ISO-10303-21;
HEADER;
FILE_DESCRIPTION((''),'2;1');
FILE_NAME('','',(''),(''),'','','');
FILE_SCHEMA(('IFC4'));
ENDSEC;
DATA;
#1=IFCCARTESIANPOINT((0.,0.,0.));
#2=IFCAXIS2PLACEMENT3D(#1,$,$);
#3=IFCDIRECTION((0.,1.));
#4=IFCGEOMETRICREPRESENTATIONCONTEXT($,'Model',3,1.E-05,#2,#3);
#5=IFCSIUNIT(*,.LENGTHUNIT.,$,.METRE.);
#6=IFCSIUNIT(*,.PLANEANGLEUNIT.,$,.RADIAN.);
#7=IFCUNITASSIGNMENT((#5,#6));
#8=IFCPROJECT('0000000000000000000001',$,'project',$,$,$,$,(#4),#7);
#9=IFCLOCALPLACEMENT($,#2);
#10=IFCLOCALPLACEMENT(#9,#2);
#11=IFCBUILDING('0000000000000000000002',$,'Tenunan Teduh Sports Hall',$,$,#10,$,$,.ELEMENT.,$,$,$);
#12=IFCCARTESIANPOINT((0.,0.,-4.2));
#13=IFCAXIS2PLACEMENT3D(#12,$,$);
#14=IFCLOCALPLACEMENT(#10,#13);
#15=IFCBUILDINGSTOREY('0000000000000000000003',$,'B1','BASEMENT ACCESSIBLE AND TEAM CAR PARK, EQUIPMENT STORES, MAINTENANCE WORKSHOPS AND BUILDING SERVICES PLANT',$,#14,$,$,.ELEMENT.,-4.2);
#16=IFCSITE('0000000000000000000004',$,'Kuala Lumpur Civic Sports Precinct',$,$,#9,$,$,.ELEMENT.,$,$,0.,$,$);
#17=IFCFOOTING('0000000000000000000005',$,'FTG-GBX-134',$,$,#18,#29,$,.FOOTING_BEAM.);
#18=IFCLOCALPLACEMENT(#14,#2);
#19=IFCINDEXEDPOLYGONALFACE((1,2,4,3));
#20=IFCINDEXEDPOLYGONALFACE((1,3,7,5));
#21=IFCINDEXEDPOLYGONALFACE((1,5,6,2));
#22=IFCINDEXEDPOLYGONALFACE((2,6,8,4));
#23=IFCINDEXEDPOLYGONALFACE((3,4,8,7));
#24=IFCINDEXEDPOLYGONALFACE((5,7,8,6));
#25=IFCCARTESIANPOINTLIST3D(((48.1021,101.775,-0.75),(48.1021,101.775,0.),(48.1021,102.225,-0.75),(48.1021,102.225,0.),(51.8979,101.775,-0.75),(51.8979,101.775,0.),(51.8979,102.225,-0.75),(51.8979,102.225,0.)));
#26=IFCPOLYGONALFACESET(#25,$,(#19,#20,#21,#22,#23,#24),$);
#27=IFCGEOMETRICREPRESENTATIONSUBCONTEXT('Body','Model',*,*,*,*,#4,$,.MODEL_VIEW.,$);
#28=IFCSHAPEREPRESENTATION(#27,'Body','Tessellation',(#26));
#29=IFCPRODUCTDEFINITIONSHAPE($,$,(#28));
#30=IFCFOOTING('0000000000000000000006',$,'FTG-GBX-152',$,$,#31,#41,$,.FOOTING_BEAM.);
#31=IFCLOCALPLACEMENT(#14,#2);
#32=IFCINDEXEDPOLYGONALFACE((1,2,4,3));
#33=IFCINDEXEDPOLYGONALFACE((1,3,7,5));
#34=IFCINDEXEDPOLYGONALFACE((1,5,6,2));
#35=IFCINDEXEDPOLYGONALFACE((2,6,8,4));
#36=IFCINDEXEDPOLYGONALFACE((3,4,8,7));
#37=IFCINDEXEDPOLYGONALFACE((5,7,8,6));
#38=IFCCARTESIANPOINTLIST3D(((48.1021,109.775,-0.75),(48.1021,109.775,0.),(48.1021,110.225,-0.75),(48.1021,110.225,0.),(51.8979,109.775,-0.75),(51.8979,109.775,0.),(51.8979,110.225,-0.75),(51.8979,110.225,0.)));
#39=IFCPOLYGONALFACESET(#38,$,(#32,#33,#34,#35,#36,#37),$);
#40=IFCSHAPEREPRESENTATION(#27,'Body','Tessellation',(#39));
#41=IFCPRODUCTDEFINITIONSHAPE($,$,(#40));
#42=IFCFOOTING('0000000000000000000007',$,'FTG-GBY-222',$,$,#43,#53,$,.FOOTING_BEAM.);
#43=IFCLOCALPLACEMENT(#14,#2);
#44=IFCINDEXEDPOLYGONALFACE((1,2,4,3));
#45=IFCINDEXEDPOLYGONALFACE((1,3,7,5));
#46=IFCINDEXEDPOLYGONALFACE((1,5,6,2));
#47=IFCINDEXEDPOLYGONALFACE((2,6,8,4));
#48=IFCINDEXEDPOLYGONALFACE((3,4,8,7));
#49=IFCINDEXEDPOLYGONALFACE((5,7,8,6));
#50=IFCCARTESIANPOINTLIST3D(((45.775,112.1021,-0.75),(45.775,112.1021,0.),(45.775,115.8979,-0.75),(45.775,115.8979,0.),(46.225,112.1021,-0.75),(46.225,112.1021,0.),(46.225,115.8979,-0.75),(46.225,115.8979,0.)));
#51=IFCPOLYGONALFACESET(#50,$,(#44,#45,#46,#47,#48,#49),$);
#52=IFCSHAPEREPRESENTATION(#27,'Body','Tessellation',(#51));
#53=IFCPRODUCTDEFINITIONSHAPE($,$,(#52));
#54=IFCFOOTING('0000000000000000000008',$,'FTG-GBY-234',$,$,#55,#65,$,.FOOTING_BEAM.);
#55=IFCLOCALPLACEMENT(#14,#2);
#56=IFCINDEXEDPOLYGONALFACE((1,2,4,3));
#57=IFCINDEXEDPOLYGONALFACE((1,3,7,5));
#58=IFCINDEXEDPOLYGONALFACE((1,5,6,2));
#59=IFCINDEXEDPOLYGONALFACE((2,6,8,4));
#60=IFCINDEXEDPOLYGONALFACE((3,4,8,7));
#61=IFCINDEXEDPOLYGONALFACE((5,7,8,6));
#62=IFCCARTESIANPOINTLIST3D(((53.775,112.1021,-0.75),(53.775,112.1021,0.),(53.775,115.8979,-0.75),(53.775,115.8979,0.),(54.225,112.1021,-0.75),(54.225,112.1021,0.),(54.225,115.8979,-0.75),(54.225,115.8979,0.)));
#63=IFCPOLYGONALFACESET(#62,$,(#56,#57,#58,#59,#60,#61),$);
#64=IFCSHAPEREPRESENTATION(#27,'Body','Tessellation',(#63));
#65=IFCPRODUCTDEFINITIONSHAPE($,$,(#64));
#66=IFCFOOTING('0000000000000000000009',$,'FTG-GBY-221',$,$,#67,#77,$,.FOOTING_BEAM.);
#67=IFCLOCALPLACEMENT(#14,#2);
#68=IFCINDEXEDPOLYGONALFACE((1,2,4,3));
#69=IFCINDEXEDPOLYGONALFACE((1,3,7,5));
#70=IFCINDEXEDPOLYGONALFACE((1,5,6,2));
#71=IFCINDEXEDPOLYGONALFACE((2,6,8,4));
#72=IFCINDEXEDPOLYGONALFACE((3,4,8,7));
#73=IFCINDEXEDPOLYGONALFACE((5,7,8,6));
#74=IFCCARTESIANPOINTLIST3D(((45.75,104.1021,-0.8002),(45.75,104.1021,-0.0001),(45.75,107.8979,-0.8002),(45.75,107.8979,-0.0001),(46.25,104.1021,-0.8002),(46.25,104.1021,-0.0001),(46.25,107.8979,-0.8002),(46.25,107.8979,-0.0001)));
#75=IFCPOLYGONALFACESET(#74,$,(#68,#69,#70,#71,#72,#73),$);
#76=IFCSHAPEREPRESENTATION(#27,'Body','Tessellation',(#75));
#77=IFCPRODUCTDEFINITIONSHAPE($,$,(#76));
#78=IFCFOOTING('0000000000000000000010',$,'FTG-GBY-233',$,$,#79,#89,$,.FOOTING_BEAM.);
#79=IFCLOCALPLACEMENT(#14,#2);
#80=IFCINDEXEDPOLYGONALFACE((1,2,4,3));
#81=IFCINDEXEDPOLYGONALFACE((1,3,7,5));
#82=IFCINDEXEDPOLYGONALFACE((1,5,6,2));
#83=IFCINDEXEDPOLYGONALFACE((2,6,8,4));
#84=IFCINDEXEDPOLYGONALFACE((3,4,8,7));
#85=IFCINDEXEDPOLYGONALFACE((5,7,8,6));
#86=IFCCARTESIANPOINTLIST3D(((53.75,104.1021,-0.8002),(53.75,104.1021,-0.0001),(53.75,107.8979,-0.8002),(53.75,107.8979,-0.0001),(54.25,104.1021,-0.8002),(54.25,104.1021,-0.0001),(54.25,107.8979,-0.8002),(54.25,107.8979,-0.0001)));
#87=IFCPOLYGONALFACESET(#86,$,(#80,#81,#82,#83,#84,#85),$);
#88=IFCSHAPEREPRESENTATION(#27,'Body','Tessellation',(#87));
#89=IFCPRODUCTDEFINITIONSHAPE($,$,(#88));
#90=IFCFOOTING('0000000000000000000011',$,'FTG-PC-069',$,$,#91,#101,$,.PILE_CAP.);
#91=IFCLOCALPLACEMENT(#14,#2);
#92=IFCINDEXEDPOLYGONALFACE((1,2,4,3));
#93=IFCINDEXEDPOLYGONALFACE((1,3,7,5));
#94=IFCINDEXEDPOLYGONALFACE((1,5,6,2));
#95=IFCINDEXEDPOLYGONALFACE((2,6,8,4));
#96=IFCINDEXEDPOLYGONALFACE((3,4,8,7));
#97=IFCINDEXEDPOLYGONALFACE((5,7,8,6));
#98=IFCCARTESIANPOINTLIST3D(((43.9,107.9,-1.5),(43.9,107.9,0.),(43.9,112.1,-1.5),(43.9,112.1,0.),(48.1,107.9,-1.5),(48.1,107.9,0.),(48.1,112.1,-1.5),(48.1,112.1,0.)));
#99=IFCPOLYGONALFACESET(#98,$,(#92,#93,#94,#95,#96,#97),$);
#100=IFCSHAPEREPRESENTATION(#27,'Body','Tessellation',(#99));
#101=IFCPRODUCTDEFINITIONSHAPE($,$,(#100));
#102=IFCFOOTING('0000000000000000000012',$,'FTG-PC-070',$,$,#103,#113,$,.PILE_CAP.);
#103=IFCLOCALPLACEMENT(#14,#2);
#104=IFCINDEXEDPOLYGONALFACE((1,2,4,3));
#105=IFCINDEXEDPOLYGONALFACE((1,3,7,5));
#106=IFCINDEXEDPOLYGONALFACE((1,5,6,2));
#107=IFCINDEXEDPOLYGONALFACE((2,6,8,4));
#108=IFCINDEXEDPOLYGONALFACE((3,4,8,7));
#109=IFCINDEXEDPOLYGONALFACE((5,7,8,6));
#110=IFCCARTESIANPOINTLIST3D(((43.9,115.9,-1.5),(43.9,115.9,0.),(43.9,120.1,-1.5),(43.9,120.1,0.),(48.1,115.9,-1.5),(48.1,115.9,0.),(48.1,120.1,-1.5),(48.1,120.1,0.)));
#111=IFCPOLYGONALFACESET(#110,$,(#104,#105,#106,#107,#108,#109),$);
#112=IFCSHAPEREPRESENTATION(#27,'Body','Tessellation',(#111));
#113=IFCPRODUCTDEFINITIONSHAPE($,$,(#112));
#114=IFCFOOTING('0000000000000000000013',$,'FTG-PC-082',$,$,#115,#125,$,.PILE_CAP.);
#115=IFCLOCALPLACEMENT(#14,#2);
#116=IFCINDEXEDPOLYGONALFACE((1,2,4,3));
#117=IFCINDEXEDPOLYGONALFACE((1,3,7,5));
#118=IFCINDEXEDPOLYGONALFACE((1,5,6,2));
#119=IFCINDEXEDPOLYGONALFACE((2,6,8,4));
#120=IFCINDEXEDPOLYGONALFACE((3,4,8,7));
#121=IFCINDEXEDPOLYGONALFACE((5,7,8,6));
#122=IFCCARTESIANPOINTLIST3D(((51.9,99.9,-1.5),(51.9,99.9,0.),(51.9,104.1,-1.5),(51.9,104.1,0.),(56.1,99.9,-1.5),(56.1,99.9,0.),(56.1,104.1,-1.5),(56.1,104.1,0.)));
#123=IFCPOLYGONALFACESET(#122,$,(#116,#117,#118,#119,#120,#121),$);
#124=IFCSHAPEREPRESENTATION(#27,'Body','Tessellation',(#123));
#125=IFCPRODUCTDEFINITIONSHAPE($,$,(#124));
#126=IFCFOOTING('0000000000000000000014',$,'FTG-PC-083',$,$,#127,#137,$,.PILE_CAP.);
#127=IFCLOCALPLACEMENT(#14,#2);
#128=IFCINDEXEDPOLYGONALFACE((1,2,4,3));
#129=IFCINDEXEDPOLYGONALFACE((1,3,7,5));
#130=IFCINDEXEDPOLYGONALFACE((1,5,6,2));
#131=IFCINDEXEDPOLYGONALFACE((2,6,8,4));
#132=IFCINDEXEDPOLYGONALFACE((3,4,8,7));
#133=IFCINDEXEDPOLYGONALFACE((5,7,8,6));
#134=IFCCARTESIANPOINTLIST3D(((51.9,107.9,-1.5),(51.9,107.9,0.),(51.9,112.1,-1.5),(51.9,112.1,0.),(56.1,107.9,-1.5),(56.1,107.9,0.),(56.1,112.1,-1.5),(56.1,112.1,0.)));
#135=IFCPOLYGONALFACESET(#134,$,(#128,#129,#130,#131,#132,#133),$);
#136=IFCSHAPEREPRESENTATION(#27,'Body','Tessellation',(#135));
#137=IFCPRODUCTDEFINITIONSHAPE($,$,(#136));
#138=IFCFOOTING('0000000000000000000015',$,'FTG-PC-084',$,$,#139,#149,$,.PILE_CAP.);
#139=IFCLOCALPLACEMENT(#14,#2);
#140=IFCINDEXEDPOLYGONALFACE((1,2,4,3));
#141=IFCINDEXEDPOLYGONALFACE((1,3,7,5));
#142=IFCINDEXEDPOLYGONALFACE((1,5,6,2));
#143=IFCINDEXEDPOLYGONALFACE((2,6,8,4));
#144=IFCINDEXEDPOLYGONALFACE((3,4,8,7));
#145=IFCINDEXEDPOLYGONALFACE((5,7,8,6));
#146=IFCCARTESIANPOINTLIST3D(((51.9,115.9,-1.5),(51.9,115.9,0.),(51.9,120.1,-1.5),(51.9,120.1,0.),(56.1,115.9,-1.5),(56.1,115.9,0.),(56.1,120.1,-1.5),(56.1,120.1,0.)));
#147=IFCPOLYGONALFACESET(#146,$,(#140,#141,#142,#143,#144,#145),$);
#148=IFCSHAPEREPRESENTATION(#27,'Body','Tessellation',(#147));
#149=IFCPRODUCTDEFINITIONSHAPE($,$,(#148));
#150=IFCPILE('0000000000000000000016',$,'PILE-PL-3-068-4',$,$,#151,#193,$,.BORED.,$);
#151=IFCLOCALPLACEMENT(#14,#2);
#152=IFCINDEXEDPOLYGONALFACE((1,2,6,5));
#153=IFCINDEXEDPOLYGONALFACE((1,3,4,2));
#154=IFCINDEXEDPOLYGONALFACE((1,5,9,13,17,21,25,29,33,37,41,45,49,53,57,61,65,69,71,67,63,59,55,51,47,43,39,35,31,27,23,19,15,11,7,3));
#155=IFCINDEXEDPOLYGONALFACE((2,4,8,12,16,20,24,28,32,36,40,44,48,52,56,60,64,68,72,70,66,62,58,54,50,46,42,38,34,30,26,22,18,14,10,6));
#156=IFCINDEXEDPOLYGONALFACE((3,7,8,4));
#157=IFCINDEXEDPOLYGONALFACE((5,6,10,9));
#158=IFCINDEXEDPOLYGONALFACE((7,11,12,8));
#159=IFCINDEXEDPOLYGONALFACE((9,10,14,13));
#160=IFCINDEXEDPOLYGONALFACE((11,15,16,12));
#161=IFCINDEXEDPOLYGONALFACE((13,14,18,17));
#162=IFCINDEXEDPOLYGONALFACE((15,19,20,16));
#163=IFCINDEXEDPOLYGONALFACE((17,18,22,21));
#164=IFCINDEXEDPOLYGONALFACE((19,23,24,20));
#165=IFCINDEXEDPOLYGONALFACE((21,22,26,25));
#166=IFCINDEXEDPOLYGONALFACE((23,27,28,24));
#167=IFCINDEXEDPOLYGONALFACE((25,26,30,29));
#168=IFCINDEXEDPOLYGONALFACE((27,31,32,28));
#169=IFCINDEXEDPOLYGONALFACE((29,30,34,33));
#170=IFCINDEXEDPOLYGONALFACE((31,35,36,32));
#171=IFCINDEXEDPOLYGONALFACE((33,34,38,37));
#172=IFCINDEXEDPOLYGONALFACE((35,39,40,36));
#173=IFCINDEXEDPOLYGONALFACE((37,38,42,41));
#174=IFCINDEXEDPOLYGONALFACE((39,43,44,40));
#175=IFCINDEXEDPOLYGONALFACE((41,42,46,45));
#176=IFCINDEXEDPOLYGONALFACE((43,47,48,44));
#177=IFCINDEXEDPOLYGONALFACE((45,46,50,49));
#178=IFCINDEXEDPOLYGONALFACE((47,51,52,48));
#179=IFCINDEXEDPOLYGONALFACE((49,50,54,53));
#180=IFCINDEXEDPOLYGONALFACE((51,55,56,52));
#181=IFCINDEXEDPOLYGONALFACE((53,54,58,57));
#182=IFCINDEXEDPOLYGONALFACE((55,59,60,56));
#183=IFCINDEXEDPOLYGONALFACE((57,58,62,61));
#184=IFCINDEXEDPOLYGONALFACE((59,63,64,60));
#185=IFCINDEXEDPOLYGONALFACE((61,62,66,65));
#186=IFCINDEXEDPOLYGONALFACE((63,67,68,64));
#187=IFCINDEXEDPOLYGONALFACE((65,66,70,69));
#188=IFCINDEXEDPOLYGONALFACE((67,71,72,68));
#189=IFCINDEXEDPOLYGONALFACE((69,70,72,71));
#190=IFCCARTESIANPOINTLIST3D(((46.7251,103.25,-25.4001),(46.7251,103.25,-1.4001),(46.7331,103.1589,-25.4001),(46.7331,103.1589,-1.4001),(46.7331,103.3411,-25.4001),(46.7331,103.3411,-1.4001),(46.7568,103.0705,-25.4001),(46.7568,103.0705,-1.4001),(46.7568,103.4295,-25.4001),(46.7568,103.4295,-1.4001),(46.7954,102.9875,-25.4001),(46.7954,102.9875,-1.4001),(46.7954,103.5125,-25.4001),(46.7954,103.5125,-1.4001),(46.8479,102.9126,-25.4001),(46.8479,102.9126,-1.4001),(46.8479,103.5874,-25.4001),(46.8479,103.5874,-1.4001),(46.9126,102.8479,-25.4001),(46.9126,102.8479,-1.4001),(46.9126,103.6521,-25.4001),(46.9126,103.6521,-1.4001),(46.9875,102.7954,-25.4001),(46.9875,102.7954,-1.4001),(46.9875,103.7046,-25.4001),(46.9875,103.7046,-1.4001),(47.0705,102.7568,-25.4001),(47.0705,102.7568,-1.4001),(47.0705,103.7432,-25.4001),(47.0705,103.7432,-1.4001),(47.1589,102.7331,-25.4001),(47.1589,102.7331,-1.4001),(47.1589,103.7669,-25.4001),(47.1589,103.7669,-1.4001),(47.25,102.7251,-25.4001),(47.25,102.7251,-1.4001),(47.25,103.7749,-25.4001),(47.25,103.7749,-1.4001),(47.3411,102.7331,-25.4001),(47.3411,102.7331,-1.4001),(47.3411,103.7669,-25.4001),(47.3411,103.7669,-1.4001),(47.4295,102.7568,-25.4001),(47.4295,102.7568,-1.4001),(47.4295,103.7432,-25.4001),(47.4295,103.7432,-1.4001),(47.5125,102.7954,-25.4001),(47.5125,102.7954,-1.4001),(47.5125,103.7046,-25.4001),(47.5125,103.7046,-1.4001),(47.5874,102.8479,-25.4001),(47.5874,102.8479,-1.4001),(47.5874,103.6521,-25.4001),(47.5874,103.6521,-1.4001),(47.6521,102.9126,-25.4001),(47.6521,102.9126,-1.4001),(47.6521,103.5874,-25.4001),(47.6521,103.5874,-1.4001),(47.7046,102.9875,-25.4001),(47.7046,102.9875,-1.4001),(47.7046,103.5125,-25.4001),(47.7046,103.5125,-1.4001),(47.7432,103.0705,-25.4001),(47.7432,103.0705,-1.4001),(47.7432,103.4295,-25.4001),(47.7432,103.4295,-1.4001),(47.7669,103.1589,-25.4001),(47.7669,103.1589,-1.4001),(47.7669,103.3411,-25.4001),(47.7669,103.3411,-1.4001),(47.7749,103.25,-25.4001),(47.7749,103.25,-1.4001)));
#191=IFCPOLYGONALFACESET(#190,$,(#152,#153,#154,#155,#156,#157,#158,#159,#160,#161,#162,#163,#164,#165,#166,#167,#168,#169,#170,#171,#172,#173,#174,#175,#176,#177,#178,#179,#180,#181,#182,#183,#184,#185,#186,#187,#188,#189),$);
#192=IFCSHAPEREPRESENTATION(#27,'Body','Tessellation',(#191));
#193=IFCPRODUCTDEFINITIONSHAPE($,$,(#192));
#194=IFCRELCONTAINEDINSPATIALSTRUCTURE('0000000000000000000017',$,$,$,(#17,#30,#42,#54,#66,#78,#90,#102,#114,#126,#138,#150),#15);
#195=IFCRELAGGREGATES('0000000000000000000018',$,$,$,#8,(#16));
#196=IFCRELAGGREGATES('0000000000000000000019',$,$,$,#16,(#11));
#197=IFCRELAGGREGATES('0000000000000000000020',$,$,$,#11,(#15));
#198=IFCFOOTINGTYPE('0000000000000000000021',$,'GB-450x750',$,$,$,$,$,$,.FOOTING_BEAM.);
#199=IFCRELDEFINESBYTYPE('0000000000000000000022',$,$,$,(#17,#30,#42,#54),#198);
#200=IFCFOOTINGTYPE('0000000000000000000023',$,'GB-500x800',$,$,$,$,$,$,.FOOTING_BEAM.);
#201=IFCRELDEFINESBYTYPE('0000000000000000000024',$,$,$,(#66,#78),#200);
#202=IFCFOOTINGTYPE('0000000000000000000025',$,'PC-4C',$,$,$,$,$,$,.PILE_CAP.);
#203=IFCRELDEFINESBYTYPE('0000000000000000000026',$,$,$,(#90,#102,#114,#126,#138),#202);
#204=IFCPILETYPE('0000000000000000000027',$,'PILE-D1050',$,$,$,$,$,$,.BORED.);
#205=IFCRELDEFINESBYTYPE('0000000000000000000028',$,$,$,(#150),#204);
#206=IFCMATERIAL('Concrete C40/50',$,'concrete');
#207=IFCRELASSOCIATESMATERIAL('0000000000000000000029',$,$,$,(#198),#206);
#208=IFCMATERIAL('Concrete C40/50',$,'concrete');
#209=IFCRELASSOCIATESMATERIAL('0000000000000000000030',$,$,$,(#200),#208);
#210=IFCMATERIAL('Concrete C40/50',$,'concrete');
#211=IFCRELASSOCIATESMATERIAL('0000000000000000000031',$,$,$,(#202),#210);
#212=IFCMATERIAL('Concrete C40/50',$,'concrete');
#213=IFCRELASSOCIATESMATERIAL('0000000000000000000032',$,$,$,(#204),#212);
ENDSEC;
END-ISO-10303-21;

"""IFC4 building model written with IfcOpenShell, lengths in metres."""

from ifc_helpers import new_model, si_unit, direction, frame, origin, origin_2d, place, context, subcontext, project, spatial, rectangle, circle, extrude, material, material_profile, profile_set, type_object, element, save


model = new_model("IFC4")

# Units and contexts
model_context = context("Model", 3, precision=1e-05, world=origin(), true_north=direction((0.0, 1.0)))
body_context = subcontext(model_context, "Body", "Model", "MODEL_VIEW")
ifc_project = project(units=[si_unit("LENGTHUNIT", "METRE"), si_unit("PLANEANGLEUNIT", "RADIAN")], contexts=[model_context])

# Site, building, storey
site_placement = place(None, origin())
site = spatial("IfcSite", under=ifc_project, at=site_placement, Name="Kuala Lumpur Civic Sports Precinct", CompositionType="ELEMENT", RefElevation=0.0)
building_placement = place(site_placement, origin())
building = spatial("IfcBuilding", under=site, at=building_placement, Name="Tenunan Teduh Sports Hall", CompositionType="ELEMENT")
storey_placement = place(building_placement, frame((0.0, 0.0, -4.2)))
storey = spatial("IfcBuildingStorey", under=building, at=storey_placement, Name="B1", Description="BASEMENT ACCESSIBLE AND TEAM CAR PARK, EQUIPMENT STORES, MAINTENANCE WORKSHOPS AND BUILDING SERVICES PLANT", CompositionType="ELEMENT", Elevation=-4.2)

# Footings
ifc_material_1 = material(Name="Concrete C40/50", Category="concrete")
ifc_material_profile_1 = material_profile(ifc_material_1, rectangle(XDim=0.45, YDim=0.75, at=origin_2d()), Name="RCB 450x750")
ifc_profile_set_1 = profile_set([ifc_material_profile_1], Name="Concrete C40/50")
footing_type_1 = type_object("IfcFootingType", Name="GB-450x750", PredefinedType="FOOTING_BEAM", material=ifc_profile_set_1)
for number, where, z_axis, x_axis, name in (
    (1, (48.1021, 102.0, -0.375), (1.0, 0.0, 0.0), (0.0, 1.0, 0.0), "FTG-GBX-134"),
    (2, (48.1021, 110.0, -0.375), (1.0, 0.0, 0.0), (0.0, 1.0, 0.0), "FTG-GBX-152"),
    (3, (46.0, 112.1021, -0.375), (0.0, 1.0, 0.0), (-1.0, 0.0, 0.0), "FTG-GBY-222"),
    (4, (54.0, 112.1021, -0.375), (0.0, 1.0, 0.0), (-1.0, 0.0, 0.0), "FTG-GBY-234"),
):
    element("IfcFooting", number, at=place(storey_placement, frame(where, z_axis=z_axis, x_axis=x_axis)), inside=storey, type_object=footing_type_1, Name=name, PredefinedType="FOOTING_BEAM", context=body_context, shape_type="SweptSolid", body=[
        extrude(rectangle(XDim=0.45, YDim=0.75, at=origin_2d()), origin(), (0.0, 0.0, 1.0), 3.7959),
    ])
ifc_material_2 = material(Name="Concrete C40/50", Category="concrete")
ifc_material_profile_2 = material_profile(ifc_material_2, rectangle(XDim=0.5, YDim=0.8, at=origin_2d()), Name="RCB 500x800")
ifc_profile_set_2 = profile_set([ifc_material_profile_2], Name="Concrete C40/50")
footing_type_2 = type_object("IfcFootingType", Name="GB-500x800", PredefinedType="FOOTING_BEAM", material=ifc_profile_set_2)
for number, where, z_axis, x_axis, name in (
    (5, (46.0, 104.1021, -0.4001), (0.0, 1.0, 0.0), (-1.0, 0.0, 0.0), "FTG-GBY-221"),
    (6, (54.0, 104.1021, -0.4001), (0.0, 1.0, 0.0), (-1.0, 0.0, 0.0), "FTG-GBY-233"),
):
    element("IfcFooting", number, at=place(storey_placement, frame(where, z_axis=z_axis, x_axis=x_axis)), inside=storey, type_object=footing_type_2, Name=name, PredefinedType="FOOTING_BEAM", context=body_context, shape_type="SweptSolid", body=[
        extrude(rectangle(XDim=0.5, YDim=0.8, at=origin_2d()), origin(), (0.0, 0.0, 1.0), 3.7959),
    ])
ifc_material_3 = material(Name="Concrete C40/50", Category="concrete")
footing_type_3 = type_object("IfcFootingType", Name="PC-4C", PredefinedType="PILE_CAP", material=ifc_material_3)
for number, where, z_axis, x_axis, name in (
    (7, (46.0, 110.0, -1.5), (0.0, 0.0, 1.0), (1.0, 0.0, 0.0), "FTG-PC-069"),
    (8, (46.0, 118.0, -1.5), (0.0, 0.0, 1.0), (1.0, 0.0, 0.0), "FTG-PC-070"),
    (9, (54.0, 102.0, -1.5), (0.0, 0.0, 1.0), (1.0, 0.0, 0.0), "FTG-PC-082"),
    (10, (54.0, 110.0, -1.5), (0.0, 0.0, 1.0), (1.0, 0.0, 0.0), "FTG-PC-083"),
    (11, (54.0, 118.0, -1.5), (0.0, 0.0, 1.0), (1.0, 0.0, 0.0), "FTG-PC-084"),
):
    element("IfcFooting", number, at=place(storey_placement, frame(where, z_axis=z_axis, x_axis=x_axis)), inside=storey, type_object=footing_type_3, Name=name, PredefinedType="PILE_CAP", context=body_context, shape_type="SweptSolid", body=[
        extrude(rectangle(XDim=4.2, YDim=4.2, at=origin_2d()), origin(), (0.0, 0.0, 1.0), 1.5),
    ])

# Pile
ifc_material_4 = material(Name="Concrete C40/50", Category="concrete")
ifc_material_profile_3 = material_profile(ifc_material_4, circle(Radius=0.5249, at=origin_2d()), Name="PILE D1050")
ifc_profile_set_3 = profile_set([ifc_material_profile_3], Name="Concrete C40/50")
pile_type = type_object("IfcPileType", Name="PILE-D1050", PredefinedType="BORED", material=ifc_profile_set_3)
for number, where, z_axis, x_axis, name in (
    (12, (47.25, 103.25, -1.4001), (0.0, 0.0, -1.0), (1.0, 0.0, 0.0), "PILE-PL-3-068-4"),
):
    element("IfcPile", number, at=place(storey_placement, frame(where, z_axis=z_axis, x_axis=x_axis)), inside=storey, type_object=pile_type, Name=name, PredefinedType="BORED", context=body_context, shape_type="SweptSolid", body=[
        extrude(circle(Radius=0.5249, at=origin_2d()), origin(), (0.0, 0.0, 1.0), 24.0),
    ])

save(model, "model.ifc")
